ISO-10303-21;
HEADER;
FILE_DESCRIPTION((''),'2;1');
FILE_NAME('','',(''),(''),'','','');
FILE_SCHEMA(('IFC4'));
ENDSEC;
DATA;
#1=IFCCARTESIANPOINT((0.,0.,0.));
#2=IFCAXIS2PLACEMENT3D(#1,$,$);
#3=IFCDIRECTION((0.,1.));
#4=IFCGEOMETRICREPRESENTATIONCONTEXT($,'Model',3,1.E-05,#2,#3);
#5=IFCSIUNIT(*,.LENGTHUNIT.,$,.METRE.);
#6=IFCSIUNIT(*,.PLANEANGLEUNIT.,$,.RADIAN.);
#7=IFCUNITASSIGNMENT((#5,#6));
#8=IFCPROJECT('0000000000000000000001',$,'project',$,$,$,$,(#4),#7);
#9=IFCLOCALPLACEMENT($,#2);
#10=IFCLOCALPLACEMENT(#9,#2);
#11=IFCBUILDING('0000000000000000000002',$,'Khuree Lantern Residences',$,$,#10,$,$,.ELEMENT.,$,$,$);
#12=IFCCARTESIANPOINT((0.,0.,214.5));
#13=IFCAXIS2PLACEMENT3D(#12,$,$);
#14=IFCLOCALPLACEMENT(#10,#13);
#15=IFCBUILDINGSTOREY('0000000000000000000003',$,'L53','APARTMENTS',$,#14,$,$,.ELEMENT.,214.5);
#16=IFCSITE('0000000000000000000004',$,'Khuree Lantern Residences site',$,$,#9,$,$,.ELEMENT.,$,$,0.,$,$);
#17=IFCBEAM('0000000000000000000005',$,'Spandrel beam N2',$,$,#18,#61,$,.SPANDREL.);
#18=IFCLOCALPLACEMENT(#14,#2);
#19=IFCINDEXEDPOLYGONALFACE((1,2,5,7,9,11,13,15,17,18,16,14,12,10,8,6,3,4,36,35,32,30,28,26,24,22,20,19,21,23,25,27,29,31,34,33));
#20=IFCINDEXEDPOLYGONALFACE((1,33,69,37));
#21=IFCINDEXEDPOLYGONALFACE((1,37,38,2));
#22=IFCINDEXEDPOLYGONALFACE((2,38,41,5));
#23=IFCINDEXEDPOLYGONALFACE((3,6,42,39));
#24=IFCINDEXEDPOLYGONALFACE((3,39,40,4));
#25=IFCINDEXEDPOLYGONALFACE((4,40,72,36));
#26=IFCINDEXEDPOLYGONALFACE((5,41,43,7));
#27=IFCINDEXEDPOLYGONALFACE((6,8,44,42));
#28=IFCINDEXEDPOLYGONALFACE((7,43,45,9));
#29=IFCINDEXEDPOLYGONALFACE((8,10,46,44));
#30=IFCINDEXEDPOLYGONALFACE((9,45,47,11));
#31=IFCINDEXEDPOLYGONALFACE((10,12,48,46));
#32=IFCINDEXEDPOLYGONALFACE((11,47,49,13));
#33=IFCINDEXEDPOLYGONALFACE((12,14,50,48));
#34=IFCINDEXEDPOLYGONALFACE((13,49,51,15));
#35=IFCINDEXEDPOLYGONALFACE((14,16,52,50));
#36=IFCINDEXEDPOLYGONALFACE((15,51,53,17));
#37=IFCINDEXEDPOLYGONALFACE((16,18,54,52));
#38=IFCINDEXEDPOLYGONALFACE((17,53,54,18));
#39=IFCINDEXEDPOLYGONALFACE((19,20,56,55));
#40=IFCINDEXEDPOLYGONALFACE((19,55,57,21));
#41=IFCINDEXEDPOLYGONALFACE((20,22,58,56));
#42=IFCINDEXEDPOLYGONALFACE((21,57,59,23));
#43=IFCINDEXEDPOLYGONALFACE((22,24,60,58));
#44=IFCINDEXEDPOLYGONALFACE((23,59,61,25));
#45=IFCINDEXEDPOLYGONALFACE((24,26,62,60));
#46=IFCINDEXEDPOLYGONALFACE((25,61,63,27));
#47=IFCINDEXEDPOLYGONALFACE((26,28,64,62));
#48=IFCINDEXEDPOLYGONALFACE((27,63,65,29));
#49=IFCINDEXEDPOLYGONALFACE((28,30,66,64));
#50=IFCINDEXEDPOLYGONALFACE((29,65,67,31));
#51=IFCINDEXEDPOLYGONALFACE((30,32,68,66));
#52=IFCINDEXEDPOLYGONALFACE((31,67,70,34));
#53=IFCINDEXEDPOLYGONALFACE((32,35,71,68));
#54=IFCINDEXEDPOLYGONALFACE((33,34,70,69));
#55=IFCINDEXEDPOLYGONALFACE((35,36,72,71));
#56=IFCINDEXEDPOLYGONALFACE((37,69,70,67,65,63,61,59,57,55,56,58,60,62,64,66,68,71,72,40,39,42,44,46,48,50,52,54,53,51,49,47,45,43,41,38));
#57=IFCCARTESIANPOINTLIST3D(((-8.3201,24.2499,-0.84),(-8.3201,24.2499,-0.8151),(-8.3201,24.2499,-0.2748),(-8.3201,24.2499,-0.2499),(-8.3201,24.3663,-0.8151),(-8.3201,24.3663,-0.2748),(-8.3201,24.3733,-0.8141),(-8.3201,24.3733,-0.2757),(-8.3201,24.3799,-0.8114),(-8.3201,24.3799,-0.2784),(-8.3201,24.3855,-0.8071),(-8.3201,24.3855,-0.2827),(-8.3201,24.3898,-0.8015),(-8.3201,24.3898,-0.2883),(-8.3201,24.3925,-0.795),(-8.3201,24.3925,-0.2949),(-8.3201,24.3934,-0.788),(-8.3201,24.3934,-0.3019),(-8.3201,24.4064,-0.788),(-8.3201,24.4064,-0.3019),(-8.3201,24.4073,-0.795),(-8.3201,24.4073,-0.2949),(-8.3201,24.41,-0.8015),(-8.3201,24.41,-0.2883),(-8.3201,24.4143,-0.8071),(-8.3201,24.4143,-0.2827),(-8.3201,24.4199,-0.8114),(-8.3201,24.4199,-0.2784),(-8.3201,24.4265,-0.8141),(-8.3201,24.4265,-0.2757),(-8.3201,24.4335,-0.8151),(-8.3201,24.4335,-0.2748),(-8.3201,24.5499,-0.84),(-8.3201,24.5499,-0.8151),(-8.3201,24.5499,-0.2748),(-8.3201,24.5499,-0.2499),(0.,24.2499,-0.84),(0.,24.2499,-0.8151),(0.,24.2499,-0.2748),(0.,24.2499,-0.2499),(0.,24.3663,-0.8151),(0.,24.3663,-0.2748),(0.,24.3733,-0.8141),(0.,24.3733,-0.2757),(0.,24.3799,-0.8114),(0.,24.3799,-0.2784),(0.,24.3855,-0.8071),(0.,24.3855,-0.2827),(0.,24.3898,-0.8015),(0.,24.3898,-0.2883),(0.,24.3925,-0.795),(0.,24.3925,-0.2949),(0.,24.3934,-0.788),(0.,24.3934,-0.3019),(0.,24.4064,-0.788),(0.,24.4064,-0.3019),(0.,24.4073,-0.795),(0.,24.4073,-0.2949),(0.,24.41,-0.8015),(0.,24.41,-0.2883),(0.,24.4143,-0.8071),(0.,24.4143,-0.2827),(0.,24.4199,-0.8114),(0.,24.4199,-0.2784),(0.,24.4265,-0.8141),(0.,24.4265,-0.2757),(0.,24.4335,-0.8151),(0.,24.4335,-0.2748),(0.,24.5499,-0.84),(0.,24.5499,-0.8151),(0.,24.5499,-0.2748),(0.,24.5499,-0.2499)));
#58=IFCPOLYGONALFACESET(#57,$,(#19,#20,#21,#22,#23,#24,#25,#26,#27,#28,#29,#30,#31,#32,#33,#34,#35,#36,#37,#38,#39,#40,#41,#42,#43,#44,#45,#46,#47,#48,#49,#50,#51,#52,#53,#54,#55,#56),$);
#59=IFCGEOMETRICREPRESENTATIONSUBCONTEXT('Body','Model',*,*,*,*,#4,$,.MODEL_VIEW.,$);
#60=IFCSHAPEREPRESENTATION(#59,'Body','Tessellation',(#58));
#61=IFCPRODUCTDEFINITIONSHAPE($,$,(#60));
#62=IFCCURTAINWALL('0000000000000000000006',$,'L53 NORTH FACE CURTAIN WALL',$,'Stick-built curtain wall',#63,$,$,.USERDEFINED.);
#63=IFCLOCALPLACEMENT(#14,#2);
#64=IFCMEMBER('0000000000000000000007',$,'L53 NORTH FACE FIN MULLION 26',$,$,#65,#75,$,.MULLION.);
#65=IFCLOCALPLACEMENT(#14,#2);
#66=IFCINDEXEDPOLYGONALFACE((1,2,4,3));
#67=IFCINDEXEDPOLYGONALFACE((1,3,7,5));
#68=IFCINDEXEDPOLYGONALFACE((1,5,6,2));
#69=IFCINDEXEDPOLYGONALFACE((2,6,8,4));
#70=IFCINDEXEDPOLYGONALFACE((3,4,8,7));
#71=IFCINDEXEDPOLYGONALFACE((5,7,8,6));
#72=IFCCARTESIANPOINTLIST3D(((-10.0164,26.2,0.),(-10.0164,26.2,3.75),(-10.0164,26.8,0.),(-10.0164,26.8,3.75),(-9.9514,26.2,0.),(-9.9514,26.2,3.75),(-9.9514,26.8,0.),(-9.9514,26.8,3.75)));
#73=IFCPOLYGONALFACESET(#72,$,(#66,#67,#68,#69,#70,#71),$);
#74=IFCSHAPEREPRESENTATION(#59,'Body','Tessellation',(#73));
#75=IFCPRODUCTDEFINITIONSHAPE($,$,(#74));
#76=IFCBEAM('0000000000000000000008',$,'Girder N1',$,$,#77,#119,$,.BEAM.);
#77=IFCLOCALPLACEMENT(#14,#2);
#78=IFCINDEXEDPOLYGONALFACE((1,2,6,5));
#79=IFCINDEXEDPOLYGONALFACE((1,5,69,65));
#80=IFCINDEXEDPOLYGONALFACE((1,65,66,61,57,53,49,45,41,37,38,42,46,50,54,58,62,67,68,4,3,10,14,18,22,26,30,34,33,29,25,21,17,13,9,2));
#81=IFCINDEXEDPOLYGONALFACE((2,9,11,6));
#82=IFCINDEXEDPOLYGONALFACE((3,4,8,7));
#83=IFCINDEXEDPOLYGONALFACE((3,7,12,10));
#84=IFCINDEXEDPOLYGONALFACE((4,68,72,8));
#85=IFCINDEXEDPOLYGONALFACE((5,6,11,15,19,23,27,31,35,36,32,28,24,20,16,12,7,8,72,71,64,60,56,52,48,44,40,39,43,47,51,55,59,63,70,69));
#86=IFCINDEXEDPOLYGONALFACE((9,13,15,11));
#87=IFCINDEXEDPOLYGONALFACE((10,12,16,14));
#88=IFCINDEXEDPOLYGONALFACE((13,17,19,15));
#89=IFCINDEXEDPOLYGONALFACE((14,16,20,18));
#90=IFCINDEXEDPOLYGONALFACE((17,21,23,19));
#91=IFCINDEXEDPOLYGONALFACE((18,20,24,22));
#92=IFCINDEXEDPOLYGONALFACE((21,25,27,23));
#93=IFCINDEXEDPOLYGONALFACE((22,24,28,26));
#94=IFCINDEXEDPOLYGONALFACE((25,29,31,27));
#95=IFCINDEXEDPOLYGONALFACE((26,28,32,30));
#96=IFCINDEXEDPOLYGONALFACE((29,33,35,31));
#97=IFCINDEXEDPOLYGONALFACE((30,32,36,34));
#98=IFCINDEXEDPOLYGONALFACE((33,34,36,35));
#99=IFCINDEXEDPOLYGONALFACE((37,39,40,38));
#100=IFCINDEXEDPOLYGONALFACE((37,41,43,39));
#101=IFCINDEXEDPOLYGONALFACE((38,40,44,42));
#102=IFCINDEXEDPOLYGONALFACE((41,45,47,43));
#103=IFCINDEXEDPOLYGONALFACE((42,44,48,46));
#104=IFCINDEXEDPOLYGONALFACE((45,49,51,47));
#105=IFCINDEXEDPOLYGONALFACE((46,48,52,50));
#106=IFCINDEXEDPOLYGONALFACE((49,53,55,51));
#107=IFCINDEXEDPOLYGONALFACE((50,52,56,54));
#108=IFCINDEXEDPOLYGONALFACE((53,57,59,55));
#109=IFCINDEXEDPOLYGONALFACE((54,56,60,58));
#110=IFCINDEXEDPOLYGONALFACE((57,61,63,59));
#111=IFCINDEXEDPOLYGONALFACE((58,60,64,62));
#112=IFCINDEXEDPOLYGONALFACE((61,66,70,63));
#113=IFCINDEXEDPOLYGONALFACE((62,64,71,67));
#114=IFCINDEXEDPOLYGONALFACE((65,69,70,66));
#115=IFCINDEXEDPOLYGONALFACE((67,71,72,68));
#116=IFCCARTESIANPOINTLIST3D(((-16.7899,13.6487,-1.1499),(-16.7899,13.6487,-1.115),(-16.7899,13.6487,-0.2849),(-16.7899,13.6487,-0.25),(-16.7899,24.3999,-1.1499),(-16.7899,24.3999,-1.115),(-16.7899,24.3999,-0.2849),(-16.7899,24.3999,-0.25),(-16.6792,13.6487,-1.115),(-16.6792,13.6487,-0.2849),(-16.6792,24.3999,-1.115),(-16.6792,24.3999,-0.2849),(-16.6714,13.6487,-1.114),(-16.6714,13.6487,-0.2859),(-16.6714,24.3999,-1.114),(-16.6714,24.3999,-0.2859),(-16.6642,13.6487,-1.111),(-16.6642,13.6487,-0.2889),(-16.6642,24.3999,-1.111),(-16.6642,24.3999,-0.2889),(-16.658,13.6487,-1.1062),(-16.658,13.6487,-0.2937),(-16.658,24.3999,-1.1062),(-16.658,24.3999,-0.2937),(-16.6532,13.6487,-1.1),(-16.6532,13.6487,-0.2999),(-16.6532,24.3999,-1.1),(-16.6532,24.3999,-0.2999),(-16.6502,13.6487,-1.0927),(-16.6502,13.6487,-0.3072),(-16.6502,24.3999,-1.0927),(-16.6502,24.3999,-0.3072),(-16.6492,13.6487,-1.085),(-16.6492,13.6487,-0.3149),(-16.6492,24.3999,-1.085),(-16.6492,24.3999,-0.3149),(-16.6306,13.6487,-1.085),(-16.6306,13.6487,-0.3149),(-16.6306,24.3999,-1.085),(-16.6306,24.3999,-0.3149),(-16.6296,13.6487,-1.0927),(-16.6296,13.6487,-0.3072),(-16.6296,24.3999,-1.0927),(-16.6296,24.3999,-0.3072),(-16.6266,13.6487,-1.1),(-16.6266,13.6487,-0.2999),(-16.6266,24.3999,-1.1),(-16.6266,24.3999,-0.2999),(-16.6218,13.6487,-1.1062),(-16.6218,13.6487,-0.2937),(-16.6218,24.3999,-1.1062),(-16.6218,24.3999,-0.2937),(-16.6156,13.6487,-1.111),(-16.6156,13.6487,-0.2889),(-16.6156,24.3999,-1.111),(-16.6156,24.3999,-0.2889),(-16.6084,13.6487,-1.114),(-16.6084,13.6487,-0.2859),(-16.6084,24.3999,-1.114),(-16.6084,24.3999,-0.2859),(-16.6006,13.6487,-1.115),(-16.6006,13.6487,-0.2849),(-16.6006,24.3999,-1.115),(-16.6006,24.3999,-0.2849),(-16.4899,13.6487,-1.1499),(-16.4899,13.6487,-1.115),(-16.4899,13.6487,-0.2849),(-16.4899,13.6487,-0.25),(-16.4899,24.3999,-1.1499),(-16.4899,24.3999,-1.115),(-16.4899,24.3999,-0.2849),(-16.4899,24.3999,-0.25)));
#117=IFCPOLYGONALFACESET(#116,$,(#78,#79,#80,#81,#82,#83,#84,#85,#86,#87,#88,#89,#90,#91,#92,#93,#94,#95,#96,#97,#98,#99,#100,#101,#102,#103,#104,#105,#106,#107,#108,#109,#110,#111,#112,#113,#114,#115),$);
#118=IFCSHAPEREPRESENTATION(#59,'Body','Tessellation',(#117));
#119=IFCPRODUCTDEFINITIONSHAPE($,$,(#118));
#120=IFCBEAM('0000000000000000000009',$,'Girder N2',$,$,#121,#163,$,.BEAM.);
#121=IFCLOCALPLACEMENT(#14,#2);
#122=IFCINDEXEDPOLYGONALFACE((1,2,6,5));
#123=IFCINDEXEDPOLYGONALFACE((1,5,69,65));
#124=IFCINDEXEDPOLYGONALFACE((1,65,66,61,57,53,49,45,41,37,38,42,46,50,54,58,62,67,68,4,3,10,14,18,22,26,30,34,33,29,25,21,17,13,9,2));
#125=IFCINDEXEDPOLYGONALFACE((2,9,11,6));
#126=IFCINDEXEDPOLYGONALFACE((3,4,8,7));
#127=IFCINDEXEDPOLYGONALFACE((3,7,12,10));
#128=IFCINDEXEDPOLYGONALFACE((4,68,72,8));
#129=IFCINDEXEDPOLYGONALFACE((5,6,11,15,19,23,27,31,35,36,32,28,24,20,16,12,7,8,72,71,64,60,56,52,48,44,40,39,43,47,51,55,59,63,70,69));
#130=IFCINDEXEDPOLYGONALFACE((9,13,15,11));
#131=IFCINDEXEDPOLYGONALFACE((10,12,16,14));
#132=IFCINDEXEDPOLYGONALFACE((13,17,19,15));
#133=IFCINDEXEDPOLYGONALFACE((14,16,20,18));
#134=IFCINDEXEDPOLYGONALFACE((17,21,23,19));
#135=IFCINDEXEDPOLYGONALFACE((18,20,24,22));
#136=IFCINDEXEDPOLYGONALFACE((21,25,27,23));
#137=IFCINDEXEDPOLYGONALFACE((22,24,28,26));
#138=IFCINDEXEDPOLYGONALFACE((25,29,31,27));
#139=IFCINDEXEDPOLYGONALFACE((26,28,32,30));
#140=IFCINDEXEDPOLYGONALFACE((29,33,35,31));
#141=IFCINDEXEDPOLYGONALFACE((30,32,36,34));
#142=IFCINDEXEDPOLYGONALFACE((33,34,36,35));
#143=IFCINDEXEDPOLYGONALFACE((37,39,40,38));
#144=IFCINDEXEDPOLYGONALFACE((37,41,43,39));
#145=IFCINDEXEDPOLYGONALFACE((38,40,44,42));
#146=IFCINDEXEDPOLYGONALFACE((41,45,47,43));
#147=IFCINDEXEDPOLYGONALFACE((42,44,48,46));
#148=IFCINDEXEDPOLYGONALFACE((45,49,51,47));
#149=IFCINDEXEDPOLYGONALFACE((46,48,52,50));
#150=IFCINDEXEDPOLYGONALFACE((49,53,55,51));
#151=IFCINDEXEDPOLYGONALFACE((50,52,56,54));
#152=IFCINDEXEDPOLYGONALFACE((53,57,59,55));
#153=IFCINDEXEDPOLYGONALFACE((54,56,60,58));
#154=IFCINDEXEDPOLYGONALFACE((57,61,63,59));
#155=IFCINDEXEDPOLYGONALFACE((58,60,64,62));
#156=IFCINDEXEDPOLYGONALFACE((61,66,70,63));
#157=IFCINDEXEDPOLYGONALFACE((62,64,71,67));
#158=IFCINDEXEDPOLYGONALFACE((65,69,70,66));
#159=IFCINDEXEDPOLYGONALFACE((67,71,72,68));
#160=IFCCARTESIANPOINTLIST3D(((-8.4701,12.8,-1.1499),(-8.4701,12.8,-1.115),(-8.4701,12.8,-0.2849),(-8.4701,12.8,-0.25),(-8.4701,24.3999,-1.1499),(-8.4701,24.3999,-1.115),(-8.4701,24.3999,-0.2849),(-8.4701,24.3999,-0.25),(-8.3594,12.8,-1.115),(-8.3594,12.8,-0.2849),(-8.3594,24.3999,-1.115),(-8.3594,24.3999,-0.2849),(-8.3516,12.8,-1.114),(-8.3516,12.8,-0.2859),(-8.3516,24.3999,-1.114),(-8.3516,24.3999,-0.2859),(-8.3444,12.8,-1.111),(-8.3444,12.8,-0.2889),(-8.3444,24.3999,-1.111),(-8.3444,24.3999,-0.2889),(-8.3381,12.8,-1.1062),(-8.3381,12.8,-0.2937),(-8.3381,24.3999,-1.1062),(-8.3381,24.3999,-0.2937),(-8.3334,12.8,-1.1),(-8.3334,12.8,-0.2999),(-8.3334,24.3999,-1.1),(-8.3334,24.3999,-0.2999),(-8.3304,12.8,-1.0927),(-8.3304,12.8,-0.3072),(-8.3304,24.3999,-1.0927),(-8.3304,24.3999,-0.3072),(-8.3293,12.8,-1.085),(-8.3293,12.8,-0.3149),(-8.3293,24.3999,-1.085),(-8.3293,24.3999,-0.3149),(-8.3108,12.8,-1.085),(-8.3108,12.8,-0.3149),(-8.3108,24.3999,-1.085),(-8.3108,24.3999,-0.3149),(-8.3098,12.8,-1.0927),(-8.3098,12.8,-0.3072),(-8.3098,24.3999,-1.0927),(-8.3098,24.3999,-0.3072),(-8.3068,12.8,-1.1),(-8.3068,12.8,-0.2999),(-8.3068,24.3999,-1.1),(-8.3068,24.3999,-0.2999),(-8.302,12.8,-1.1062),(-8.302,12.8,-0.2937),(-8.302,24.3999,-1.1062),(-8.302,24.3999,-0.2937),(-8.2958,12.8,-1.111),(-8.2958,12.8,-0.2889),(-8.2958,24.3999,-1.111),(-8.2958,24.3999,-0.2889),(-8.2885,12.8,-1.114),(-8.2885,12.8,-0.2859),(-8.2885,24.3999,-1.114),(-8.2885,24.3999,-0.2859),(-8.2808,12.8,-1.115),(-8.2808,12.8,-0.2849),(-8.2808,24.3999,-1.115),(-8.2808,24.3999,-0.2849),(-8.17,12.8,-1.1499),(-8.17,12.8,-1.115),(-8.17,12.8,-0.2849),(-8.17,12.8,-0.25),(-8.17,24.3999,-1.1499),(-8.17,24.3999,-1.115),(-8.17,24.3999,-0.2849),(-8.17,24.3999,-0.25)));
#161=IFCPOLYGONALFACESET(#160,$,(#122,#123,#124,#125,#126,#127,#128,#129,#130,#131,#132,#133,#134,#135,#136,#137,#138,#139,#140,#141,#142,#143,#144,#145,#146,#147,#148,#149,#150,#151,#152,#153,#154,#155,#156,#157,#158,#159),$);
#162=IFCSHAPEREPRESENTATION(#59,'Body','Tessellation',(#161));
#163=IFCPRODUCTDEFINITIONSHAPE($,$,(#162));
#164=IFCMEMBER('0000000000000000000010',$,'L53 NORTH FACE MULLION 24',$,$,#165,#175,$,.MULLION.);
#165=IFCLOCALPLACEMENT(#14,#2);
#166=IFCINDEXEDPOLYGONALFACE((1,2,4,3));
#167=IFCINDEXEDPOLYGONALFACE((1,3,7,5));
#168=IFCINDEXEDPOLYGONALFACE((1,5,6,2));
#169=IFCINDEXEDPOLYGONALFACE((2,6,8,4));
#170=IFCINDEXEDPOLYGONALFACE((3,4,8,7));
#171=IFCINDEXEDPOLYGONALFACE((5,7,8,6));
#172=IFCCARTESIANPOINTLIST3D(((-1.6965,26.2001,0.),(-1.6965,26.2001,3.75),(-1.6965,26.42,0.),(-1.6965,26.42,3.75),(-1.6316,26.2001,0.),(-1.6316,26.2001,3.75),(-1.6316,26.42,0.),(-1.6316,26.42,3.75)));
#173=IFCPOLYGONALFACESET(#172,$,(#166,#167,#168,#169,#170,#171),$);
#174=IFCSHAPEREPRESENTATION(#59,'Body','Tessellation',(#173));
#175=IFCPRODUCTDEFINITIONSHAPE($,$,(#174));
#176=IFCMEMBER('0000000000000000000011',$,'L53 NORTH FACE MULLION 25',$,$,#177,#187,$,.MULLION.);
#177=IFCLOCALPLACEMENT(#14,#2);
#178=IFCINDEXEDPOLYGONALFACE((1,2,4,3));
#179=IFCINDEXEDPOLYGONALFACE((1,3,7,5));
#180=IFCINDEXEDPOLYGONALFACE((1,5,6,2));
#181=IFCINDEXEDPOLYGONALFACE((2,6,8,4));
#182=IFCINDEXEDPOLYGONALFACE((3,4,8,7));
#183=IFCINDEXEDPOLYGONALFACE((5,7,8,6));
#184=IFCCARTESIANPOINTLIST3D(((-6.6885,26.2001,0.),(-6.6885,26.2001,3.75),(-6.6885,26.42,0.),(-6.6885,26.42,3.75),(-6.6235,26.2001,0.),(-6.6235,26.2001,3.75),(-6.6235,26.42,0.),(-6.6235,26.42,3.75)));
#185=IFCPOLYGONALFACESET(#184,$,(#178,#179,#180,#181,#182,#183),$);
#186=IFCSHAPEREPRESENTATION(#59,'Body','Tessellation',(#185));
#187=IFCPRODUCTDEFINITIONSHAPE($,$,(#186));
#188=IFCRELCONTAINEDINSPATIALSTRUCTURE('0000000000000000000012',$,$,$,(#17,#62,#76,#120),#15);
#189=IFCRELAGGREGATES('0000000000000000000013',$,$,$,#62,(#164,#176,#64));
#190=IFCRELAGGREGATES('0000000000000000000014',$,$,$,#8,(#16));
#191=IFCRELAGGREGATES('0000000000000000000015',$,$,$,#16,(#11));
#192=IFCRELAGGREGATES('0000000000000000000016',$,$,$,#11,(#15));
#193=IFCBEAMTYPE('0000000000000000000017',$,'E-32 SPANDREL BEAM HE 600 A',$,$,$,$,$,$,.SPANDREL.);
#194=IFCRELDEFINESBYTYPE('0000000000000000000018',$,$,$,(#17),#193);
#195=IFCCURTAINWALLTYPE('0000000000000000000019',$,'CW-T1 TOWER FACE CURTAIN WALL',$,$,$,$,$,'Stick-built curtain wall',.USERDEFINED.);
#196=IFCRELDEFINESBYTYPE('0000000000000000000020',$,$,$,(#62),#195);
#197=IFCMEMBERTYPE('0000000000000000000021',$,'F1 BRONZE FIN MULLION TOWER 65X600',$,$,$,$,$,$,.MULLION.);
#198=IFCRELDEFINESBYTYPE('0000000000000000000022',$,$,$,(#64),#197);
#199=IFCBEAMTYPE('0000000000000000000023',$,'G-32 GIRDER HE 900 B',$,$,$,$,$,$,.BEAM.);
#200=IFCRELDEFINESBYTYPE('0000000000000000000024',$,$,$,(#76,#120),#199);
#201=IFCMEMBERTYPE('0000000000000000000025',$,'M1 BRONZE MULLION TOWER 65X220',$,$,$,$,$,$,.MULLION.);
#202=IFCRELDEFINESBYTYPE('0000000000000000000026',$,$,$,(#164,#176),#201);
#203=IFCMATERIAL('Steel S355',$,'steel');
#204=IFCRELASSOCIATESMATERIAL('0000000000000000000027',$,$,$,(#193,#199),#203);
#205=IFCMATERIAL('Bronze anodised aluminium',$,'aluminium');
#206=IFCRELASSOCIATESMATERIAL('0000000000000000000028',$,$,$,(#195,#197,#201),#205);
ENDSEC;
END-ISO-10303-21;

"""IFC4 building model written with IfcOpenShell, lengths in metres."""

from ifc_helpers import new_model, si_unit, direction, frame, origin, origin_2d, place, context, subcontext, project, spatial, rectangle, i_section, extrude, material, material_profile, profile_set, type_object, element, aggregate, save


model = new_model("IFC4")

# Units and contexts
model_context = context("Model", 3, precision=1e-05, world=origin(), true_north=direction((0.0, 1.0)))
body_context = subcontext(model_context, "Body", "Model", "MODEL_VIEW")
ifc_project = project(units=[si_unit("LENGTHUNIT", "METRE"), si_unit("PLANEANGLEUNIT", "RADIAN")], contexts=[model_context])

# Site, building, storey
site_placement = place(None, origin())
site = spatial("IfcSite", under=ifc_project, at=site_placement, Name="Khuree Lantern Residences site", CompositionType="ELEMENT", RefElevation=0.0)
building_placement = place(site_placement, origin())
building = spatial("IfcBuilding", under=site, at=building_placement, Name="Khuree Lantern Residences", CompositionType="ELEMENT")
storey_placement = place(building_placement, frame((0.0, 0.0, 214.5)))
storey = spatial("IfcBuildingStorey", under=building, at=storey_placement, Name="L53", Description="APARTMENTS", CompositionType="ELEMENT", Elevation=214.5)

# Beam
ifc_material_1 = material(Name="Steel S355", Category="steel")
ifc_material_profile_1 = material_profile(ifc_material_1, i_section(OverallWidth=0.3, OverallDepth=0.5901, WebThickness=0.0129, FlangeThickness=0.0249, FilletRadius=0.0271, at=origin_2d()), Name="HE 600 A")
ifc_profile_set_1 = profile_set([ifc_material_profile_1], Name="Steel S355")
beam_type_1 = type_object("IfcBeamType", Name="E-32 SPANDREL BEAM HE 600 A", PredefinedType="SPANDREL", material=ifc_profile_set_1)
beam_1_placement = place(storey_placement, frame((-8.3201, 24.3999, -0.5449), z_axis=(1.0, 0.0, 0.0), x_axis=(0.0, 1.0, 0.0)))
element("IfcBeam", 1, at=beam_1_placement, inside=storey, type_object=beam_type_1, Name="Spandrel beam N2", PredefinedType="SPANDREL", context=body_context, shape_type="SweptSolid", body=[
    extrude(i_section(OverallWidth=0.3, OverallDepth=0.5901, WebThickness=0.0129, FlangeThickness=0.0249, FilletRadius=0.0271, at=origin_2d()), origin(), (0.0, 0.0, 1.0), 8.3201),
])

# Curtain wall, member
ifc_material_2 = material(Name="Bronze anodised aluminium", Category="aluminium")
curtain_wall_type = type_object("IfcCurtainWallType", Name="CW-T1 TOWER FACE CURTAIN WALL", ElementType="Stick-built curtain wall", PredefinedType="USERDEFINED", material=ifc_material_2)
curtain_wall_placement = place(storey_placement, origin())
curtain_wall = element("IfcCurtainWall", 2, at=curtain_wall_placement, inside=storey, type_object=curtain_wall_type, Name="L53 NORTH FACE CURTAIN WALL", ObjectType="Stick-built curtain wall", PredefinedType="USERDEFINED")
ifc_material_profile_2 = material_profile(ifc_material_2, rectangle(XDim=0.0649, YDim=0.6001, at=origin_2d()), Name="F1 65X600")
ifc_profile_set_2 = profile_set([ifc_material_profile_2], Name="Bronze anodised aluminium")
member_type_1 = type_object("IfcMemberType", Name="F1 BRONZE FIN MULLION TOWER 65X600", PredefinedType="MULLION", material=ifc_profile_set_2)
member_1_placement = place(storey_placement, frame((-9.9839, 26.5, 0.0), z_axis=(0.0, 0.0, 1.0), x_axis=(-1.0, 0.0, 0.0)))
member_1 = element("IfcMember", 3, at=member_1_placement, type_object=member_type_1, Name="L53 NORTH FACE FIN MULLION 26", PredefinedType="MULLION", context=body_context, shape_type="SweptSolid", body=[
    extrude(rectangle(XDim=0.0649, YDim=0.6001, at=origin_2d()), origin(), (0.0, 0.0, 1.0), 3.75),
])

# Beams
ifc_material_profile_3 = material_profile(ifc_material_1, i_section(OverallWidth=0.3, OverallDepth=0.8999, WebThickness=0.0186, FlangeThickness=0.0349, FilletRadius=0.03, at=origin_2d()), Name="HE 900 B")
ifc_profile_set_3 = profile_set([ifc_material_profile_3], Name="Steel S355")
beam_type_2 = type_object("IfcBeamType", Name="G-32 GIRDER HE 900 B", PredefinedType="BEAM", material=ifc_profile_set_3)
beam_2_placement = place(storey_placement, frame((-16.6399, 24.3999, -0.7), z_axis=(0.0, -1.0, 0.0), x_axis=(1.0, 0.0, 0.0)))
element("IfcBeam", 4, at=beam_2_placement, inside=storey, type_object=beam_type_2, Name="Girder N1", PredefinedType="BEAM", context=body_context, shape_type="SweptSolid", body=[
    extrude(i_section(OverallWidth=0.3, OverallDepth=0.8999, WebThickness=0.0186, FlangeThickness=0.0349, FilletRadius=0.03, at=origin_2d()), origin(), (0.0, 0.0, 1.0), 10.7512),
])
beam_3_placement = place(storey_placement, frame((-8.3201, 24.3999, -0.7), z_axis=(0.0, -1.0, 0.0), x_axis=(1.0, 0.0, 0.0)))
element("IfcBeam", 5, at=beam_3_placement, inside=storey, type_object=beam_type_2, Name="Girder N2", PredefinedType="BEAM", context=body_context, shape_type="SweptSolid", body=[
    extrude(i_section(OverallWidth=0.3, OverallDepth=0.8999, WebThickness=0.0186, FlangeThickness=0.0349, FilletRadius=0.03, at=origin_2d()), origin(), (0.0, 0.0, 1.0), 11.5999),
])

# Members
ifc_material_profile_4 = material_profile(ifc_material_2, rectangle(XDim=0.0649, YDim=0.22, at=origin_2d()), Name="M1 65X220")
ifc_profile_set_4 = profile_set([ifc_material_profile_4], Name="Bronze anodised aluminium")
member_type_2 = type_object("IfcMemberType", Name="M1 BRONZE MULLION TOWER 65X220", PredefinedType="MULLION", material=ifc_profile_set_4)
member_2_placement = place(storey_placement, frame((-1.6641, 26.3101, 0.0), z_axis=(0.0, 0.0, 1.0), x_axis=(-1.0, 0.0, 0.0)))
member_2 = element("IfcMember", 6, at=member_2_placement, type_object=member_type_2, Name="L53 NORTH FACE MULLION 24", PredefinedType="MULLION", context=body_context, shape_type="SweptSolid", body=[
    extrude(rectangle(XDim=0.0649, YDim=0.22, at=origin_2d()), origin(), (0.0, 0.0, 1.0), 3.75),
])
member_3_placement = place(storey_placement, frame((-6.656, 26.3101, 0.0), z_axis=(0.0, 0.0, 1.0), x_axis=(-1.0, 0.0, 0.0)))
member_3 = element("IfcMember", 7, at=member_3_placement, type_object=member_type_2, Name="L53 NORTH FACE MULLION 25", PredefinedType="MULLION", context=body_context, shape_type="SweptSolid", body=[
    extrude(rectangle(XDim=0.0649, YDim=0.22, at=origin_2d()), origin(), (0.0, 0.0, 1.0), 3.75),
])

aggregate(curtain_wall, [member_2, member_3, member_1])

save(model, "model.ifc")
